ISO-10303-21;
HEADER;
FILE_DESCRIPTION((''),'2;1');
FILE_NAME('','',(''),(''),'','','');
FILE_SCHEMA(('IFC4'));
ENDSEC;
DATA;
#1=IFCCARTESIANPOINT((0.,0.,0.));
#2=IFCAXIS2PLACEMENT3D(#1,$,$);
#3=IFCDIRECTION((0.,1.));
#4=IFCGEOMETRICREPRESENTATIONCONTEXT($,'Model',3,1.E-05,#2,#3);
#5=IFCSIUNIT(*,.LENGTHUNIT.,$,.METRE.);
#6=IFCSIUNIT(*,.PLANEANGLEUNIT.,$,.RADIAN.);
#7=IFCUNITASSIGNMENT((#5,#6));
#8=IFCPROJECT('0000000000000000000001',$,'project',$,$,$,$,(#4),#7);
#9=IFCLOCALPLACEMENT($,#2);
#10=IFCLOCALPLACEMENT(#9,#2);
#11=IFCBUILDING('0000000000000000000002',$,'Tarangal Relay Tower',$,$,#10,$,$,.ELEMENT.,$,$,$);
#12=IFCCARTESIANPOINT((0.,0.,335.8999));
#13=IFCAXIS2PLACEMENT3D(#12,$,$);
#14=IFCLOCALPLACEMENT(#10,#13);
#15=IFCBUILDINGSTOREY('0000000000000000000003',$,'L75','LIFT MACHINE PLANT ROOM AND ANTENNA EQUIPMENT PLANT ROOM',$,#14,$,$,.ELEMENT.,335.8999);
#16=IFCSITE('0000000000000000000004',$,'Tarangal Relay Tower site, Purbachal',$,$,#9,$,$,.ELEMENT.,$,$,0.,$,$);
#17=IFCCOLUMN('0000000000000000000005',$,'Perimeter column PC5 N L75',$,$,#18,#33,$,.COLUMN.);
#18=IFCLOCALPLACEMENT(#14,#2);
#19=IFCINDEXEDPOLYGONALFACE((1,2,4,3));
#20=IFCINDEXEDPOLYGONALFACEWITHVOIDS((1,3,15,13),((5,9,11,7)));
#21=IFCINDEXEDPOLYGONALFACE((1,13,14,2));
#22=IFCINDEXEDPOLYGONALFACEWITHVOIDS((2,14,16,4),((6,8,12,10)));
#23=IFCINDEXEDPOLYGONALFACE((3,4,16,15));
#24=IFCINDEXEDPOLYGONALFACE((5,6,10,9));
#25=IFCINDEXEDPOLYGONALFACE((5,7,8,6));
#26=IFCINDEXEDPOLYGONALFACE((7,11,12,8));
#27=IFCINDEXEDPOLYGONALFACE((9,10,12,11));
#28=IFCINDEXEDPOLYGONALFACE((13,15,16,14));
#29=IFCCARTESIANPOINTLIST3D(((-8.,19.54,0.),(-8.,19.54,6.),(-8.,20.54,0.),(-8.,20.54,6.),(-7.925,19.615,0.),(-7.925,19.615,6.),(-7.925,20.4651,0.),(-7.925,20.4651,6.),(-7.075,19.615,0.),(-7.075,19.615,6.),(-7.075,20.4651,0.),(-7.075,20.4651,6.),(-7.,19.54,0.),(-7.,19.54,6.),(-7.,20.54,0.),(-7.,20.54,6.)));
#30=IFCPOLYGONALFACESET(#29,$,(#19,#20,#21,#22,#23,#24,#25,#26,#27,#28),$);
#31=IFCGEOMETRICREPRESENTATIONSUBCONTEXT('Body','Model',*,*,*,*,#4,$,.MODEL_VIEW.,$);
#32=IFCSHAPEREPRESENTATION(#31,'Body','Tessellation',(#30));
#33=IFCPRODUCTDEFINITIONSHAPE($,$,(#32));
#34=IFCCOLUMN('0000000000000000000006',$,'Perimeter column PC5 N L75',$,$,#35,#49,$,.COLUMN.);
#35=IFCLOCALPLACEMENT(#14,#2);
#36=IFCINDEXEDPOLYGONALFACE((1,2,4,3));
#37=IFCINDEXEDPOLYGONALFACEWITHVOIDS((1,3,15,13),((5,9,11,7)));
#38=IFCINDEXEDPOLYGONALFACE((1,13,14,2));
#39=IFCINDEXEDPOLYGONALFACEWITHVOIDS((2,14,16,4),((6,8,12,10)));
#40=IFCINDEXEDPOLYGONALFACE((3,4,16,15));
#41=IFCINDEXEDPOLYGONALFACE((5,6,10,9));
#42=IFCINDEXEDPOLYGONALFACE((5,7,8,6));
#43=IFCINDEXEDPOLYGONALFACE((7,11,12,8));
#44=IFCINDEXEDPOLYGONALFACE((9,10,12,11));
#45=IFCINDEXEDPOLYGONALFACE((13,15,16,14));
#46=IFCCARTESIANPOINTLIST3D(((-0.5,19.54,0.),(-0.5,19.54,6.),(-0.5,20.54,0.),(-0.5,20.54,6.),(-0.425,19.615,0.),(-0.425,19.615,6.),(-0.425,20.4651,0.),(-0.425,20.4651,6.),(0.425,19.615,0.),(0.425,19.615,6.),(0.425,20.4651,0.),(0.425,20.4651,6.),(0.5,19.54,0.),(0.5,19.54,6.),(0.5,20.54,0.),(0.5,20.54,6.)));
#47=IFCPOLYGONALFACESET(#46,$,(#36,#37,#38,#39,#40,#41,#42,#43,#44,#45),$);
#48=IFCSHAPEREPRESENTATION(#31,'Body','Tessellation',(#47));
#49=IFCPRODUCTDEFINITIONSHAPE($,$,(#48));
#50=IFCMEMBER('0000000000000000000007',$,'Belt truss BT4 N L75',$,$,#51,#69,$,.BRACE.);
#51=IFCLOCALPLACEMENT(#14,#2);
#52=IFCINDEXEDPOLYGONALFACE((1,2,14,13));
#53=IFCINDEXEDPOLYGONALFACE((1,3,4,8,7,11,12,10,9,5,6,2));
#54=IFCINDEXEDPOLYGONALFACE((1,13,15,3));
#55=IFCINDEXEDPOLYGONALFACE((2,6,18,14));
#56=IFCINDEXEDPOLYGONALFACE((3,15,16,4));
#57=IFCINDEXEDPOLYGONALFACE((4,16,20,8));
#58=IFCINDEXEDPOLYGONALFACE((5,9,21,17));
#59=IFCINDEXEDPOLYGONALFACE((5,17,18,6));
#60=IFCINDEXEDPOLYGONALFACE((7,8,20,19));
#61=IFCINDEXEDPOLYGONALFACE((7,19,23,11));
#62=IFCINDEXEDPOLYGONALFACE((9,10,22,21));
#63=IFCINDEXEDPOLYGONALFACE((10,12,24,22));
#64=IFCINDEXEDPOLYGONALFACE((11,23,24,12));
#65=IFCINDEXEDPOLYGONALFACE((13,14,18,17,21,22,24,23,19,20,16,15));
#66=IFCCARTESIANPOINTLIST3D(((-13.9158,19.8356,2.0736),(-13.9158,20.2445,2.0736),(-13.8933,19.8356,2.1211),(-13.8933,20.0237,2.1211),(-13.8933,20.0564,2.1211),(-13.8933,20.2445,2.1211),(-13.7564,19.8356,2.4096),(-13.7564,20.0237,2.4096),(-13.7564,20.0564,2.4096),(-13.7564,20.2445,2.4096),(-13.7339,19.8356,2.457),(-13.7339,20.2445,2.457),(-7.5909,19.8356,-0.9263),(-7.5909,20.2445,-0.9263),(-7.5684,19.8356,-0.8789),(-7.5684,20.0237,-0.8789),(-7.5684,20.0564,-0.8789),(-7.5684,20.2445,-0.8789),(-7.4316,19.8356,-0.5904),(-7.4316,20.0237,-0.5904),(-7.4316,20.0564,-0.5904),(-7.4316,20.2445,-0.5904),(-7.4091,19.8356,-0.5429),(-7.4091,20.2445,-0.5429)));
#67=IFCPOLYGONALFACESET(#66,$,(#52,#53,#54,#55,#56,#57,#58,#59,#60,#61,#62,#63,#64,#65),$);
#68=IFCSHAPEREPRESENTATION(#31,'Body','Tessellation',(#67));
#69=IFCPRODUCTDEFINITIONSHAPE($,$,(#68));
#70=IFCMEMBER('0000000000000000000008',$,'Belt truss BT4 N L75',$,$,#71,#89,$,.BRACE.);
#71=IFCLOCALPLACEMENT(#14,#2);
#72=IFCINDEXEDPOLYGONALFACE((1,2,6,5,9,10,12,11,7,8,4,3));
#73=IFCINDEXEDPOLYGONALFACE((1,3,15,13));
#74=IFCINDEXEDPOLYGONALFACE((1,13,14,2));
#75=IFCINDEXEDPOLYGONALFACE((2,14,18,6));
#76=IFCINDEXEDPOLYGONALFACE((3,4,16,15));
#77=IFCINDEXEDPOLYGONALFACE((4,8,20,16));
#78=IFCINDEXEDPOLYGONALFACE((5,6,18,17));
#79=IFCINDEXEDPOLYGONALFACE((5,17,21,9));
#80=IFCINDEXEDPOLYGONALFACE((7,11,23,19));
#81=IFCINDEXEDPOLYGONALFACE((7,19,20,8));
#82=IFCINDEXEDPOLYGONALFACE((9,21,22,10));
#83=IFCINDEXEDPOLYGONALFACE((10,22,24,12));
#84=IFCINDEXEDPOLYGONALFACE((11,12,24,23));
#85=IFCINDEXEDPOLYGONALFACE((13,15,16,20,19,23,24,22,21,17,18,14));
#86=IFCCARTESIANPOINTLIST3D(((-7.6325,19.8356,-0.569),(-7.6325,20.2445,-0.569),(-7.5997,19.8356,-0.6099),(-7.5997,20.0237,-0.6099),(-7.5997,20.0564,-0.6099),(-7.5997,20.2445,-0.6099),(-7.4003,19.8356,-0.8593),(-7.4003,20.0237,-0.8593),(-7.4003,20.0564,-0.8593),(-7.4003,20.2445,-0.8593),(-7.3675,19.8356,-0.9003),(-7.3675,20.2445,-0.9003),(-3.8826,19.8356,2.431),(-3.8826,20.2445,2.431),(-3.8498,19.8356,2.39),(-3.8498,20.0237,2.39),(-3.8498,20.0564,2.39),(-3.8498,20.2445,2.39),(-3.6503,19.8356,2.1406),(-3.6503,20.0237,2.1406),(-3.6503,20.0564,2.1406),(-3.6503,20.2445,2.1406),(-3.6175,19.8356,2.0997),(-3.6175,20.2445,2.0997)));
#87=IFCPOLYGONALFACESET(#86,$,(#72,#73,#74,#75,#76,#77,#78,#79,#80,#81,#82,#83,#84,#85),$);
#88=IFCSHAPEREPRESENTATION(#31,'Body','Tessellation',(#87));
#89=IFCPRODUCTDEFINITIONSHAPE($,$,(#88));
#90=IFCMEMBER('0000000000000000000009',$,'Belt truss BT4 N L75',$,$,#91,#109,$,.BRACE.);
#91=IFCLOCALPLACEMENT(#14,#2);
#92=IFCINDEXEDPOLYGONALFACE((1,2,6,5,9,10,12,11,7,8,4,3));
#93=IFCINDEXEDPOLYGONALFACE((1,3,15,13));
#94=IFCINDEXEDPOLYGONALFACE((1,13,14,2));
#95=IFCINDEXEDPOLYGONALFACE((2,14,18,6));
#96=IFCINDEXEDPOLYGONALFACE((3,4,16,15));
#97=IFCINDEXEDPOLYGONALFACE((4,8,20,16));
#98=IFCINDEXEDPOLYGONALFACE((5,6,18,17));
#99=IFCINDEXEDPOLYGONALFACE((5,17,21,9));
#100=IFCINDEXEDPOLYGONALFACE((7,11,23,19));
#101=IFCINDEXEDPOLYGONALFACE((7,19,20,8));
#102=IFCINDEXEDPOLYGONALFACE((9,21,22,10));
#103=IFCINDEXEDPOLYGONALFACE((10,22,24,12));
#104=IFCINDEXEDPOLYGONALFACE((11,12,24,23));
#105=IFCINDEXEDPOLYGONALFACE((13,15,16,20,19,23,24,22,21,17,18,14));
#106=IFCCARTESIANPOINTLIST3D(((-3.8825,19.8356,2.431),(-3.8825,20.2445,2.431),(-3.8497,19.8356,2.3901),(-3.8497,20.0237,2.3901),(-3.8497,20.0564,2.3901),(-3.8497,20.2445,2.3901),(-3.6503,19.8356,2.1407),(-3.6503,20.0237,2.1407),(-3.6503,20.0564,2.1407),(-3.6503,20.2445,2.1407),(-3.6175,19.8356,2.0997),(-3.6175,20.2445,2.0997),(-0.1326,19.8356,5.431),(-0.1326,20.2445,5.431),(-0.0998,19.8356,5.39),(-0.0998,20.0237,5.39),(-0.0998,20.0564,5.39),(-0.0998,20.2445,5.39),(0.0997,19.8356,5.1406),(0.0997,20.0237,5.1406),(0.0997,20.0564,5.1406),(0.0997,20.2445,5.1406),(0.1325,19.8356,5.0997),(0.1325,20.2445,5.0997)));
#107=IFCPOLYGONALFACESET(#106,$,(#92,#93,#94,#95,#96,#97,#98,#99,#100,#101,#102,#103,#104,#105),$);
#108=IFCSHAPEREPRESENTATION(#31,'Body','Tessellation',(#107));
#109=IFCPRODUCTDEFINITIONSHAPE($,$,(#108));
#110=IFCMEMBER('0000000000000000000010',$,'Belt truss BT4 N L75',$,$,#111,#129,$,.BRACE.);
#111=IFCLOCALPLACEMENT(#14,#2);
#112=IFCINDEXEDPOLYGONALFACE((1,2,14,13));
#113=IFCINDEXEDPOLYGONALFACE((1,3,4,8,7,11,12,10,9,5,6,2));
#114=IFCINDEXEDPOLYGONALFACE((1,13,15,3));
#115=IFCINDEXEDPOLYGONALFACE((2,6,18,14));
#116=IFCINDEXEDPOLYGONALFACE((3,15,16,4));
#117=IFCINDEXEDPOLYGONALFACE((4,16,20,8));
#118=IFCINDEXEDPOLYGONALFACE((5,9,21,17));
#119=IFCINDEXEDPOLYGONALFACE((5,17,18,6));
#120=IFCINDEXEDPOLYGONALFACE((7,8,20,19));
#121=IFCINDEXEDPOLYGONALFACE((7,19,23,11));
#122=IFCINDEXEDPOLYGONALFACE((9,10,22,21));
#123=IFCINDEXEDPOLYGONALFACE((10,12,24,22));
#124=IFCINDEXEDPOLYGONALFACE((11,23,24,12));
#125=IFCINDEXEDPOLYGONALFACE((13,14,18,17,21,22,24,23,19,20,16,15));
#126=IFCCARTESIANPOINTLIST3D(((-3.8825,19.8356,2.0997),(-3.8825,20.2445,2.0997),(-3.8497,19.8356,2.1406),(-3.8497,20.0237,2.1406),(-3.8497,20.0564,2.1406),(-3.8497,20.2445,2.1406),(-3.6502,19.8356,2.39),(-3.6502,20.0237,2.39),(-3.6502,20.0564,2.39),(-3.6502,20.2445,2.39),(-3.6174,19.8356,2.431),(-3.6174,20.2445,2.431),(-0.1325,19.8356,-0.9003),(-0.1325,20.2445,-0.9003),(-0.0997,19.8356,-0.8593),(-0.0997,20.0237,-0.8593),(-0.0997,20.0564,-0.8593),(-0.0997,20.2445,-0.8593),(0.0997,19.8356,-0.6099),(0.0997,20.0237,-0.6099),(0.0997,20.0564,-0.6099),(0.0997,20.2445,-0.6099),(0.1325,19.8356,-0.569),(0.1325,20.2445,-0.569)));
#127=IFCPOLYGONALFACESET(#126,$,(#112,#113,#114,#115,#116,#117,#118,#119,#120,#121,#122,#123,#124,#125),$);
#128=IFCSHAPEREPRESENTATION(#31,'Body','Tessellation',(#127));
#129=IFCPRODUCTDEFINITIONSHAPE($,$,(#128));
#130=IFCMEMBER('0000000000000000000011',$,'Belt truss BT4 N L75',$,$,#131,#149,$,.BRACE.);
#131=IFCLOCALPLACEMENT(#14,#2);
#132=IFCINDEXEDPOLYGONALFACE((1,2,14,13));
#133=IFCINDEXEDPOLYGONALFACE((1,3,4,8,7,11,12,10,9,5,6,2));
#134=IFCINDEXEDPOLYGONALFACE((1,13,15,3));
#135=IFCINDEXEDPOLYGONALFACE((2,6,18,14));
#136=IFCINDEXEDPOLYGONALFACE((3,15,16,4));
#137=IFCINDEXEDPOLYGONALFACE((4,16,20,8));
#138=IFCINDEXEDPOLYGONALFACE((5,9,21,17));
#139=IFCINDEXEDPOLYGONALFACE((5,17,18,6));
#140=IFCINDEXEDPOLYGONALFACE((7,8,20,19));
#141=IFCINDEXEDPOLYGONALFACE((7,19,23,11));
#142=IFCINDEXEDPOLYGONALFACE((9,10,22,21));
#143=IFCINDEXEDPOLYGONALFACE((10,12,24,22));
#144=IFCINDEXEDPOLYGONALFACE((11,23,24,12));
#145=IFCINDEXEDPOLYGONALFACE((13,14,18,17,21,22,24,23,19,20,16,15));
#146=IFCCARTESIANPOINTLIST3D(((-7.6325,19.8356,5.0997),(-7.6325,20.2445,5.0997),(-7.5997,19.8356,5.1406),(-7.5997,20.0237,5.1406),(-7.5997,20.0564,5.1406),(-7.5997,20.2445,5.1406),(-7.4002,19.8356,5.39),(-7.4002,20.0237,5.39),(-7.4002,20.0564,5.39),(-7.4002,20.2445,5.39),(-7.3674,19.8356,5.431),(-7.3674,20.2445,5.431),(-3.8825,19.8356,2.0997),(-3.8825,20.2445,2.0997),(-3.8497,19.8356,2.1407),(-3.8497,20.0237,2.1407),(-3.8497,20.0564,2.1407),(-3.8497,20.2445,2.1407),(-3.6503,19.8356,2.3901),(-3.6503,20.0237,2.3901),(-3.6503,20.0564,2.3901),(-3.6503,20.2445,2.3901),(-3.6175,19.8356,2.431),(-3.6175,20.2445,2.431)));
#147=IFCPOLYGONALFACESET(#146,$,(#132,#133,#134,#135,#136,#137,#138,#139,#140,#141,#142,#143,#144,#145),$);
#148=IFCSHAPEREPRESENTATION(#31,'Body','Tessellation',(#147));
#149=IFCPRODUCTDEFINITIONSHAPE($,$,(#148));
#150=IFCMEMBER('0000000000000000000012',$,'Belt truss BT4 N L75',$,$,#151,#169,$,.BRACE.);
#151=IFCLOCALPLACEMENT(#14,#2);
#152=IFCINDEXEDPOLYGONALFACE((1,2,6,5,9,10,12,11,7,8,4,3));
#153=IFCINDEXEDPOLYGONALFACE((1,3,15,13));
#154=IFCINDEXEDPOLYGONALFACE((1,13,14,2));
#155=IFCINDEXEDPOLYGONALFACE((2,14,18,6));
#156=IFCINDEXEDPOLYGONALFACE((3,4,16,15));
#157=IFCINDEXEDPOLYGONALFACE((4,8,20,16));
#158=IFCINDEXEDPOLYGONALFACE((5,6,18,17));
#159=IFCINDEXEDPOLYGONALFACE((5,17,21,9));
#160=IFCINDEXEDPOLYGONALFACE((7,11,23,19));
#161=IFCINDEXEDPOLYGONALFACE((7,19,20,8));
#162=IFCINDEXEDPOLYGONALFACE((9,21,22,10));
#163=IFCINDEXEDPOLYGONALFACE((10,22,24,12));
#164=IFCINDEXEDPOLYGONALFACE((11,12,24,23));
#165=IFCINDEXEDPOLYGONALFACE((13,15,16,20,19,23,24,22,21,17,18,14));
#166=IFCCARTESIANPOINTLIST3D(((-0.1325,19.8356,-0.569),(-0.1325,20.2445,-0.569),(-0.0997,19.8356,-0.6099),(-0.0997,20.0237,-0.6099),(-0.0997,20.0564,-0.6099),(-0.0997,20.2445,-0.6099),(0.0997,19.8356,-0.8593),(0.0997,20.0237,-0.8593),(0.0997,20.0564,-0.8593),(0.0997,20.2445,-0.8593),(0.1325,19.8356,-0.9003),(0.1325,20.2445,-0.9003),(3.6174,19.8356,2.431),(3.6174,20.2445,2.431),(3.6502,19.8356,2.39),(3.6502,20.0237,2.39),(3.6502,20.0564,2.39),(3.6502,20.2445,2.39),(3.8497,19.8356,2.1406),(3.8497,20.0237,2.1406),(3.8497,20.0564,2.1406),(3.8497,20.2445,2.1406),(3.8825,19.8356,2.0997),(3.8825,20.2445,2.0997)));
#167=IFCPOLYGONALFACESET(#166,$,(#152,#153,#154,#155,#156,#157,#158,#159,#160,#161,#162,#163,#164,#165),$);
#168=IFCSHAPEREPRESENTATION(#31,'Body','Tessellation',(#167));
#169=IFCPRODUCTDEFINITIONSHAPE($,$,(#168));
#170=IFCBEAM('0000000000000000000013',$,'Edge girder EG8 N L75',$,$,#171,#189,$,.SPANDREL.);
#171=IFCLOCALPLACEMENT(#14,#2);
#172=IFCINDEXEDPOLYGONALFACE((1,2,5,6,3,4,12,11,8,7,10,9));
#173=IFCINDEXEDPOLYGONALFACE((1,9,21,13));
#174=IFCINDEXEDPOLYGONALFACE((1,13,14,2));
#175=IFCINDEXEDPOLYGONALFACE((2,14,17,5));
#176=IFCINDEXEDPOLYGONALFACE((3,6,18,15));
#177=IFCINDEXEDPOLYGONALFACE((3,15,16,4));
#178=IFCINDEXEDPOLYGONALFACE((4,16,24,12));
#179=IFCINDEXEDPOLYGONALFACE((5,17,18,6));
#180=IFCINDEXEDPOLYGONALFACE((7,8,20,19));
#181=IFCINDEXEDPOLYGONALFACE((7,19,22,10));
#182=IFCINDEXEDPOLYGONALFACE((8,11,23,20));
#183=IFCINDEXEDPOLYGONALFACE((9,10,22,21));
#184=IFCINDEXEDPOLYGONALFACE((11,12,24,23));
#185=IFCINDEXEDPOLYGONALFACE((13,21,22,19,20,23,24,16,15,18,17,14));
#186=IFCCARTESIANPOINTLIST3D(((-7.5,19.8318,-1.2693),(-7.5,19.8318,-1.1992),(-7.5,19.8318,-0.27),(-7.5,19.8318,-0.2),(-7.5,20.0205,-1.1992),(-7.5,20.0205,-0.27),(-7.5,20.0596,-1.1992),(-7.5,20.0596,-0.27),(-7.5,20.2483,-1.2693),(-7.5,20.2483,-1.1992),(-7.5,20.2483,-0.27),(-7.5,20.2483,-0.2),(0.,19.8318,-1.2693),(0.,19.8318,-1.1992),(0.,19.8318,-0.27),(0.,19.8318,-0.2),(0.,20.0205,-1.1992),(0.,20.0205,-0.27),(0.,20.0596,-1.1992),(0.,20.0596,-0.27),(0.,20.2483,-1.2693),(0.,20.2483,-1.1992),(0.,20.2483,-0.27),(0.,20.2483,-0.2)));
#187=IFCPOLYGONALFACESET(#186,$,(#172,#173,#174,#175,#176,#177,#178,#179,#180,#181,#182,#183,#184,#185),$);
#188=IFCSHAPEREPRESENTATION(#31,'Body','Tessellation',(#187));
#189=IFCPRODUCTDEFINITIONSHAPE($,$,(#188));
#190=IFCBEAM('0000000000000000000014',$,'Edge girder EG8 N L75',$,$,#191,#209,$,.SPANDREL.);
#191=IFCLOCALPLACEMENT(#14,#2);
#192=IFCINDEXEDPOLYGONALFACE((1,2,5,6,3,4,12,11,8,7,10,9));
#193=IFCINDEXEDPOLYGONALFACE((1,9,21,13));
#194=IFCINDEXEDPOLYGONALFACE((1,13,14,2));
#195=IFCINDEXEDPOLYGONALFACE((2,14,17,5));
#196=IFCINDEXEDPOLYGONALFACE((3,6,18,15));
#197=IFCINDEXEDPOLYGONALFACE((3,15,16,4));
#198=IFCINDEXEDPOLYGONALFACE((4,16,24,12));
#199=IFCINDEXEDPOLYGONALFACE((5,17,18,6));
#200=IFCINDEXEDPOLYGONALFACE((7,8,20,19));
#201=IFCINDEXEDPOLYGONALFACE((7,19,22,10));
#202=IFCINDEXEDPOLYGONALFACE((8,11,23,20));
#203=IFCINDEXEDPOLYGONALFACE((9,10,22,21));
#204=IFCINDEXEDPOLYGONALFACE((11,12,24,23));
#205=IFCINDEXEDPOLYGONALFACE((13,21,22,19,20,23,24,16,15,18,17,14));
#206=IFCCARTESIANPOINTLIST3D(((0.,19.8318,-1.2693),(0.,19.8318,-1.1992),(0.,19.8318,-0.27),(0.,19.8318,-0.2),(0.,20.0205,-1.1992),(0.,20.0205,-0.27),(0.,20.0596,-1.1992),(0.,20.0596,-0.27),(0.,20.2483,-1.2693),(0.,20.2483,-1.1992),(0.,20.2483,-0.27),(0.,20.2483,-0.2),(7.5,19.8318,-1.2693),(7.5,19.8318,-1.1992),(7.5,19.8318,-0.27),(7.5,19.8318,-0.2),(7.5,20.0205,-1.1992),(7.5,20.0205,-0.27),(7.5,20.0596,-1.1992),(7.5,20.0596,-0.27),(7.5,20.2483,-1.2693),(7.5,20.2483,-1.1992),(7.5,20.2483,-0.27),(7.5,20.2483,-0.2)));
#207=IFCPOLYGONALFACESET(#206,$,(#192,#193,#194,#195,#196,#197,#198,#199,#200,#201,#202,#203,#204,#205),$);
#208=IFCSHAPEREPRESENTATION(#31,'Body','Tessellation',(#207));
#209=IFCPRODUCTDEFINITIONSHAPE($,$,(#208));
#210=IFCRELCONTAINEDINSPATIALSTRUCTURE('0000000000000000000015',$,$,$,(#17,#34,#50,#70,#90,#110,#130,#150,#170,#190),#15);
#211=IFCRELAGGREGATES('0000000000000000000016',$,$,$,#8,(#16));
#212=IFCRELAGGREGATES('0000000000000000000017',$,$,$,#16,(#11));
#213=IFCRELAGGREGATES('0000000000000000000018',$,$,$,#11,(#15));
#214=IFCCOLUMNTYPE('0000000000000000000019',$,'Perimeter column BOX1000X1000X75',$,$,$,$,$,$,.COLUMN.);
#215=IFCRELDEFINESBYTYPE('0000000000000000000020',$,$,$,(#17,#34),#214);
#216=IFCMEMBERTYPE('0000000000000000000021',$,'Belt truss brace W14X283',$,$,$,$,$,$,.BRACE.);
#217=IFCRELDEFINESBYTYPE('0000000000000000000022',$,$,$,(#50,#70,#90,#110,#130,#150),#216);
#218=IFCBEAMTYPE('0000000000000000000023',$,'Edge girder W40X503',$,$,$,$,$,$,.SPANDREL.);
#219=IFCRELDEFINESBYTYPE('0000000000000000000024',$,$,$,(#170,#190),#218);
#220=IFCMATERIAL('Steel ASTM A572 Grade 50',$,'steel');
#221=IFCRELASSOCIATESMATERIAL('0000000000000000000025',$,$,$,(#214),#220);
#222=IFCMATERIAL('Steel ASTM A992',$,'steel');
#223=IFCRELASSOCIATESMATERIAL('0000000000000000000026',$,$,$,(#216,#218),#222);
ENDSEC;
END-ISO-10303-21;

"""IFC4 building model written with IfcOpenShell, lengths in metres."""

from ifc_helpers import new_model, si_unit, direction, frame, origin, origin_2d, place, context, subcontext, project, spatial, hollow_rectangle, i_section, extrude, material, material_profile, profile_set, type_object, element, save


model = new_model("IFC4")

# Units and contexts
model_context = context("Model", 3, precision=1e-05, world=origin(), true_north=direction((0.0, 1.0)))
body_context = subcontext(model_context, "Body", "Model", "MODEL_VIEW")
ifc_project = project(units=[si_unit("LENGTHUNIT", "METRE"), si_unit("PLANEANGLEUNIT", "RADIAN")], contexts=[model_context])

# Site, building, storey
site_placement = place(None, origin())
site = spatial("IfcSite", under=ifc_project, at=site_placement, Name="Tarangal Relay Tower site, Purbachal", CompositionType="ELEMENT", RefElevation=0.0)
building_placement = place(site_placement, origin())
building = spatial("IfcBuilding", under=site, at=building_placement, Name="Tarangal Relay Tower", CompositionType="ELEMENT")
storey_placement = place(building_placement, frame((0.0, 0.0, 335.8999)))
storey = spatial("IfcBuildingStorey", under=building, at=storey_placement, Name="L75", Description="LIFT MACHINE PLANT ROOM AND ANTENNA EQUIPMENT PLANT ROOM", CompositionType="ELEMENT", Elevation=335.8999)

# Columns
ifc_material_1 = material(Name="Steel ASTM A572 Grade 50", Category="steel")
ifc_material_profile_1 = material_profile(ifc_material_1, hollow_rectangle(XDim=1.0, YDim=1.0, WallThickness=0.075, at=origin_2d()), Name="BOX1000X1000X75")
ifc_profile_set_1 = profile_set([ifc_material_profile_1], Name="Steel ASTM A572 Grade 50")
column_type = type_object("IfcColumnType", Name="Perimeter column BOX1000X1000X75", PredefinedType="COLUMN", material=ifc_profile_set_1)
for number, where, z_axis, x_axis, name in (
    (1, (-7.5, 20.04, 0.0), (0.0, 0.0, 1.0), (1.0, 0.0, 0.0), "Perimeter column PC5 N L75"),
    (2, (0.0, 20.04, 0.0), (0.0, 0.0, 1.0), (1.0, 0.0, 0.0), "Perimeter column PC5 N L75"),
):
    element("IfcColumn", number, at=place(storey_placement, frame(where, z_axis=z_axis, x_axis=x_axis)), inside=storey, type_object=column_type, Name=name, PredefinedType="COLUMN", context=body_context, shape_type="SweptSolid", body=[
        extrude(hollow_rectangle(XDim=1.0, YDim=1.0, WallThickness=0.075, at=origin_2d()), origin(), (0.0, 0.0, 1.0), 6.0),
    ])

# Members
ifc_material_2 = material(Name="Steel ASTM A992", Category="steel")
ifc_material_profile_2 = material_profile(ifc_material_2, i_section(OverallWidth=0.4089, OverallDepth=0.4243, WebThickness=0.0327, FlangeThickness=0.0525, at=origin_2d()), Name="W14X283")
ifc_profile_set_2 = profile_set([ifc_material_profile_2], Name="Steel ASTM A992")
member_type = type_object("IfcMemberType", Name="Belt truss brace W14X283", PredefinedType="BRACE", material=ifc_profile_set_2)
member_placement = place(storey_placement, frame((-7.5, 20.04, -0.7346), z_axis=(-0.903518, 0.0, 0.42855), x_axis=(0.0, -1.0, 0.0)))
element("IfcMember", 3, at=member_placement, inside=storey, type_object=member_type, Name="Belt truss BT4 N L75", PredefinedType="BRACE", context=body_context, shape_type="SweptSolid", body=[
    extrude(i_section(OverallWidth=0.4089, OverallDepth=0.4243, WebThickness=0.0327, FlangeThickness=0.0525, at=origin_2d()), origin(), (0.0, 0.0, 1.0), 7.0002),
])
for number, where, z_axis, x_axis, name in (
    (4, (-7.5, 20.04, -0.7346), (0.780869, 0.0, 0.624695), (0.0, 1.0, 0.0), "Belt truss BT4 N L75"),
    (5, (-3.75, 20.04, 2.2654), (0.780869, 0.0, 0.624695), (0.0, 1.0, 0.0), "Belt truss BT4 N L75"),
    (6, (0.0, 20.04, -0.7346), (-0.780869, 0.0, 0.624695), (0.0, -1.0, 0.0), "Belt truss BT4 N L75"),
    (7, (-3.75, 20.04, 2.2654), (-0.780869, 0.0, 0.624695), (0.0, -1.0, 0.0), "Belt truss BT4 N L75"),
    (8, (0.0, 20.04, -0.7346), (0.780869, 0.0, 0.624695), (0.0, 1.0, 0.0), "Belt truss BT4 N L75"),
):
    element("IfcMember", number, at=place(storey_placement, frame(where, z_axis=z_axis, x_axis=x_axis)), inside=storey, type_object=member_type, Name=name, PredefinedType="BRACE", context=body_context, shape_type="SweptSolid", body=[
        extrude(i_section(OverallWidth=0.4089, OverallDepth=0.4243, WebThickness=0.0327, FlangeThickness=0.0525, at=origin_2d()), origin(), (0.0, 0.0, 1.0), 4.8022),
    ])

# Beams
ifc_material_profile_3 = material_profile(ifc_material_2, i_section(OverallWidth=0.4165, OverallDepth=1.0693, WebThickness=0.0391, FlangeThickness=0.0701, at=origin_2d()), Name="W40X503")
ifc_profile_set_3 = profile_set([ifc_material_profile_3], Name="Steel ASTM A992")
beam_type_1 = type_object("IfcBeamType", Name="Edge girder W40X503", PredefinedType="SPANDREL", material=ifc_profile_set_3)
for number, where, z_axis, x_axis, name in (
    (9, (-7.5, 20.04, -0.7346), (1.0, 0.0, 0.0), (0.0, 1.0, 0.0), "Edge girder EG8 N L75"),
    (10, (0.0, 20.04, -0.7346), (1.0, 0.0, 0.0), (0.0, 1.0, 0.0), "Edge girder EG8 N L75"),
):
    element("IfcBeam", number, at=place(storey_placement, frame(where, z_axis=z_axis, x_axis=x_axis)), inside=storey, type_object=beam_type_1, Name=name, PredefinedType="SPANDREL", context=body_context, shape_type="SweptSolid", body=[
        extrude(i_section(OverallWidth=0.4165, OverallDepth=1.0693, WebThickness=0.0391, FlangeThickness=0.0701, at=origin_2d()), origin(), (0.0, 0.0, 1.0), 7.5),
    ])

save(model, "model.ifc")
